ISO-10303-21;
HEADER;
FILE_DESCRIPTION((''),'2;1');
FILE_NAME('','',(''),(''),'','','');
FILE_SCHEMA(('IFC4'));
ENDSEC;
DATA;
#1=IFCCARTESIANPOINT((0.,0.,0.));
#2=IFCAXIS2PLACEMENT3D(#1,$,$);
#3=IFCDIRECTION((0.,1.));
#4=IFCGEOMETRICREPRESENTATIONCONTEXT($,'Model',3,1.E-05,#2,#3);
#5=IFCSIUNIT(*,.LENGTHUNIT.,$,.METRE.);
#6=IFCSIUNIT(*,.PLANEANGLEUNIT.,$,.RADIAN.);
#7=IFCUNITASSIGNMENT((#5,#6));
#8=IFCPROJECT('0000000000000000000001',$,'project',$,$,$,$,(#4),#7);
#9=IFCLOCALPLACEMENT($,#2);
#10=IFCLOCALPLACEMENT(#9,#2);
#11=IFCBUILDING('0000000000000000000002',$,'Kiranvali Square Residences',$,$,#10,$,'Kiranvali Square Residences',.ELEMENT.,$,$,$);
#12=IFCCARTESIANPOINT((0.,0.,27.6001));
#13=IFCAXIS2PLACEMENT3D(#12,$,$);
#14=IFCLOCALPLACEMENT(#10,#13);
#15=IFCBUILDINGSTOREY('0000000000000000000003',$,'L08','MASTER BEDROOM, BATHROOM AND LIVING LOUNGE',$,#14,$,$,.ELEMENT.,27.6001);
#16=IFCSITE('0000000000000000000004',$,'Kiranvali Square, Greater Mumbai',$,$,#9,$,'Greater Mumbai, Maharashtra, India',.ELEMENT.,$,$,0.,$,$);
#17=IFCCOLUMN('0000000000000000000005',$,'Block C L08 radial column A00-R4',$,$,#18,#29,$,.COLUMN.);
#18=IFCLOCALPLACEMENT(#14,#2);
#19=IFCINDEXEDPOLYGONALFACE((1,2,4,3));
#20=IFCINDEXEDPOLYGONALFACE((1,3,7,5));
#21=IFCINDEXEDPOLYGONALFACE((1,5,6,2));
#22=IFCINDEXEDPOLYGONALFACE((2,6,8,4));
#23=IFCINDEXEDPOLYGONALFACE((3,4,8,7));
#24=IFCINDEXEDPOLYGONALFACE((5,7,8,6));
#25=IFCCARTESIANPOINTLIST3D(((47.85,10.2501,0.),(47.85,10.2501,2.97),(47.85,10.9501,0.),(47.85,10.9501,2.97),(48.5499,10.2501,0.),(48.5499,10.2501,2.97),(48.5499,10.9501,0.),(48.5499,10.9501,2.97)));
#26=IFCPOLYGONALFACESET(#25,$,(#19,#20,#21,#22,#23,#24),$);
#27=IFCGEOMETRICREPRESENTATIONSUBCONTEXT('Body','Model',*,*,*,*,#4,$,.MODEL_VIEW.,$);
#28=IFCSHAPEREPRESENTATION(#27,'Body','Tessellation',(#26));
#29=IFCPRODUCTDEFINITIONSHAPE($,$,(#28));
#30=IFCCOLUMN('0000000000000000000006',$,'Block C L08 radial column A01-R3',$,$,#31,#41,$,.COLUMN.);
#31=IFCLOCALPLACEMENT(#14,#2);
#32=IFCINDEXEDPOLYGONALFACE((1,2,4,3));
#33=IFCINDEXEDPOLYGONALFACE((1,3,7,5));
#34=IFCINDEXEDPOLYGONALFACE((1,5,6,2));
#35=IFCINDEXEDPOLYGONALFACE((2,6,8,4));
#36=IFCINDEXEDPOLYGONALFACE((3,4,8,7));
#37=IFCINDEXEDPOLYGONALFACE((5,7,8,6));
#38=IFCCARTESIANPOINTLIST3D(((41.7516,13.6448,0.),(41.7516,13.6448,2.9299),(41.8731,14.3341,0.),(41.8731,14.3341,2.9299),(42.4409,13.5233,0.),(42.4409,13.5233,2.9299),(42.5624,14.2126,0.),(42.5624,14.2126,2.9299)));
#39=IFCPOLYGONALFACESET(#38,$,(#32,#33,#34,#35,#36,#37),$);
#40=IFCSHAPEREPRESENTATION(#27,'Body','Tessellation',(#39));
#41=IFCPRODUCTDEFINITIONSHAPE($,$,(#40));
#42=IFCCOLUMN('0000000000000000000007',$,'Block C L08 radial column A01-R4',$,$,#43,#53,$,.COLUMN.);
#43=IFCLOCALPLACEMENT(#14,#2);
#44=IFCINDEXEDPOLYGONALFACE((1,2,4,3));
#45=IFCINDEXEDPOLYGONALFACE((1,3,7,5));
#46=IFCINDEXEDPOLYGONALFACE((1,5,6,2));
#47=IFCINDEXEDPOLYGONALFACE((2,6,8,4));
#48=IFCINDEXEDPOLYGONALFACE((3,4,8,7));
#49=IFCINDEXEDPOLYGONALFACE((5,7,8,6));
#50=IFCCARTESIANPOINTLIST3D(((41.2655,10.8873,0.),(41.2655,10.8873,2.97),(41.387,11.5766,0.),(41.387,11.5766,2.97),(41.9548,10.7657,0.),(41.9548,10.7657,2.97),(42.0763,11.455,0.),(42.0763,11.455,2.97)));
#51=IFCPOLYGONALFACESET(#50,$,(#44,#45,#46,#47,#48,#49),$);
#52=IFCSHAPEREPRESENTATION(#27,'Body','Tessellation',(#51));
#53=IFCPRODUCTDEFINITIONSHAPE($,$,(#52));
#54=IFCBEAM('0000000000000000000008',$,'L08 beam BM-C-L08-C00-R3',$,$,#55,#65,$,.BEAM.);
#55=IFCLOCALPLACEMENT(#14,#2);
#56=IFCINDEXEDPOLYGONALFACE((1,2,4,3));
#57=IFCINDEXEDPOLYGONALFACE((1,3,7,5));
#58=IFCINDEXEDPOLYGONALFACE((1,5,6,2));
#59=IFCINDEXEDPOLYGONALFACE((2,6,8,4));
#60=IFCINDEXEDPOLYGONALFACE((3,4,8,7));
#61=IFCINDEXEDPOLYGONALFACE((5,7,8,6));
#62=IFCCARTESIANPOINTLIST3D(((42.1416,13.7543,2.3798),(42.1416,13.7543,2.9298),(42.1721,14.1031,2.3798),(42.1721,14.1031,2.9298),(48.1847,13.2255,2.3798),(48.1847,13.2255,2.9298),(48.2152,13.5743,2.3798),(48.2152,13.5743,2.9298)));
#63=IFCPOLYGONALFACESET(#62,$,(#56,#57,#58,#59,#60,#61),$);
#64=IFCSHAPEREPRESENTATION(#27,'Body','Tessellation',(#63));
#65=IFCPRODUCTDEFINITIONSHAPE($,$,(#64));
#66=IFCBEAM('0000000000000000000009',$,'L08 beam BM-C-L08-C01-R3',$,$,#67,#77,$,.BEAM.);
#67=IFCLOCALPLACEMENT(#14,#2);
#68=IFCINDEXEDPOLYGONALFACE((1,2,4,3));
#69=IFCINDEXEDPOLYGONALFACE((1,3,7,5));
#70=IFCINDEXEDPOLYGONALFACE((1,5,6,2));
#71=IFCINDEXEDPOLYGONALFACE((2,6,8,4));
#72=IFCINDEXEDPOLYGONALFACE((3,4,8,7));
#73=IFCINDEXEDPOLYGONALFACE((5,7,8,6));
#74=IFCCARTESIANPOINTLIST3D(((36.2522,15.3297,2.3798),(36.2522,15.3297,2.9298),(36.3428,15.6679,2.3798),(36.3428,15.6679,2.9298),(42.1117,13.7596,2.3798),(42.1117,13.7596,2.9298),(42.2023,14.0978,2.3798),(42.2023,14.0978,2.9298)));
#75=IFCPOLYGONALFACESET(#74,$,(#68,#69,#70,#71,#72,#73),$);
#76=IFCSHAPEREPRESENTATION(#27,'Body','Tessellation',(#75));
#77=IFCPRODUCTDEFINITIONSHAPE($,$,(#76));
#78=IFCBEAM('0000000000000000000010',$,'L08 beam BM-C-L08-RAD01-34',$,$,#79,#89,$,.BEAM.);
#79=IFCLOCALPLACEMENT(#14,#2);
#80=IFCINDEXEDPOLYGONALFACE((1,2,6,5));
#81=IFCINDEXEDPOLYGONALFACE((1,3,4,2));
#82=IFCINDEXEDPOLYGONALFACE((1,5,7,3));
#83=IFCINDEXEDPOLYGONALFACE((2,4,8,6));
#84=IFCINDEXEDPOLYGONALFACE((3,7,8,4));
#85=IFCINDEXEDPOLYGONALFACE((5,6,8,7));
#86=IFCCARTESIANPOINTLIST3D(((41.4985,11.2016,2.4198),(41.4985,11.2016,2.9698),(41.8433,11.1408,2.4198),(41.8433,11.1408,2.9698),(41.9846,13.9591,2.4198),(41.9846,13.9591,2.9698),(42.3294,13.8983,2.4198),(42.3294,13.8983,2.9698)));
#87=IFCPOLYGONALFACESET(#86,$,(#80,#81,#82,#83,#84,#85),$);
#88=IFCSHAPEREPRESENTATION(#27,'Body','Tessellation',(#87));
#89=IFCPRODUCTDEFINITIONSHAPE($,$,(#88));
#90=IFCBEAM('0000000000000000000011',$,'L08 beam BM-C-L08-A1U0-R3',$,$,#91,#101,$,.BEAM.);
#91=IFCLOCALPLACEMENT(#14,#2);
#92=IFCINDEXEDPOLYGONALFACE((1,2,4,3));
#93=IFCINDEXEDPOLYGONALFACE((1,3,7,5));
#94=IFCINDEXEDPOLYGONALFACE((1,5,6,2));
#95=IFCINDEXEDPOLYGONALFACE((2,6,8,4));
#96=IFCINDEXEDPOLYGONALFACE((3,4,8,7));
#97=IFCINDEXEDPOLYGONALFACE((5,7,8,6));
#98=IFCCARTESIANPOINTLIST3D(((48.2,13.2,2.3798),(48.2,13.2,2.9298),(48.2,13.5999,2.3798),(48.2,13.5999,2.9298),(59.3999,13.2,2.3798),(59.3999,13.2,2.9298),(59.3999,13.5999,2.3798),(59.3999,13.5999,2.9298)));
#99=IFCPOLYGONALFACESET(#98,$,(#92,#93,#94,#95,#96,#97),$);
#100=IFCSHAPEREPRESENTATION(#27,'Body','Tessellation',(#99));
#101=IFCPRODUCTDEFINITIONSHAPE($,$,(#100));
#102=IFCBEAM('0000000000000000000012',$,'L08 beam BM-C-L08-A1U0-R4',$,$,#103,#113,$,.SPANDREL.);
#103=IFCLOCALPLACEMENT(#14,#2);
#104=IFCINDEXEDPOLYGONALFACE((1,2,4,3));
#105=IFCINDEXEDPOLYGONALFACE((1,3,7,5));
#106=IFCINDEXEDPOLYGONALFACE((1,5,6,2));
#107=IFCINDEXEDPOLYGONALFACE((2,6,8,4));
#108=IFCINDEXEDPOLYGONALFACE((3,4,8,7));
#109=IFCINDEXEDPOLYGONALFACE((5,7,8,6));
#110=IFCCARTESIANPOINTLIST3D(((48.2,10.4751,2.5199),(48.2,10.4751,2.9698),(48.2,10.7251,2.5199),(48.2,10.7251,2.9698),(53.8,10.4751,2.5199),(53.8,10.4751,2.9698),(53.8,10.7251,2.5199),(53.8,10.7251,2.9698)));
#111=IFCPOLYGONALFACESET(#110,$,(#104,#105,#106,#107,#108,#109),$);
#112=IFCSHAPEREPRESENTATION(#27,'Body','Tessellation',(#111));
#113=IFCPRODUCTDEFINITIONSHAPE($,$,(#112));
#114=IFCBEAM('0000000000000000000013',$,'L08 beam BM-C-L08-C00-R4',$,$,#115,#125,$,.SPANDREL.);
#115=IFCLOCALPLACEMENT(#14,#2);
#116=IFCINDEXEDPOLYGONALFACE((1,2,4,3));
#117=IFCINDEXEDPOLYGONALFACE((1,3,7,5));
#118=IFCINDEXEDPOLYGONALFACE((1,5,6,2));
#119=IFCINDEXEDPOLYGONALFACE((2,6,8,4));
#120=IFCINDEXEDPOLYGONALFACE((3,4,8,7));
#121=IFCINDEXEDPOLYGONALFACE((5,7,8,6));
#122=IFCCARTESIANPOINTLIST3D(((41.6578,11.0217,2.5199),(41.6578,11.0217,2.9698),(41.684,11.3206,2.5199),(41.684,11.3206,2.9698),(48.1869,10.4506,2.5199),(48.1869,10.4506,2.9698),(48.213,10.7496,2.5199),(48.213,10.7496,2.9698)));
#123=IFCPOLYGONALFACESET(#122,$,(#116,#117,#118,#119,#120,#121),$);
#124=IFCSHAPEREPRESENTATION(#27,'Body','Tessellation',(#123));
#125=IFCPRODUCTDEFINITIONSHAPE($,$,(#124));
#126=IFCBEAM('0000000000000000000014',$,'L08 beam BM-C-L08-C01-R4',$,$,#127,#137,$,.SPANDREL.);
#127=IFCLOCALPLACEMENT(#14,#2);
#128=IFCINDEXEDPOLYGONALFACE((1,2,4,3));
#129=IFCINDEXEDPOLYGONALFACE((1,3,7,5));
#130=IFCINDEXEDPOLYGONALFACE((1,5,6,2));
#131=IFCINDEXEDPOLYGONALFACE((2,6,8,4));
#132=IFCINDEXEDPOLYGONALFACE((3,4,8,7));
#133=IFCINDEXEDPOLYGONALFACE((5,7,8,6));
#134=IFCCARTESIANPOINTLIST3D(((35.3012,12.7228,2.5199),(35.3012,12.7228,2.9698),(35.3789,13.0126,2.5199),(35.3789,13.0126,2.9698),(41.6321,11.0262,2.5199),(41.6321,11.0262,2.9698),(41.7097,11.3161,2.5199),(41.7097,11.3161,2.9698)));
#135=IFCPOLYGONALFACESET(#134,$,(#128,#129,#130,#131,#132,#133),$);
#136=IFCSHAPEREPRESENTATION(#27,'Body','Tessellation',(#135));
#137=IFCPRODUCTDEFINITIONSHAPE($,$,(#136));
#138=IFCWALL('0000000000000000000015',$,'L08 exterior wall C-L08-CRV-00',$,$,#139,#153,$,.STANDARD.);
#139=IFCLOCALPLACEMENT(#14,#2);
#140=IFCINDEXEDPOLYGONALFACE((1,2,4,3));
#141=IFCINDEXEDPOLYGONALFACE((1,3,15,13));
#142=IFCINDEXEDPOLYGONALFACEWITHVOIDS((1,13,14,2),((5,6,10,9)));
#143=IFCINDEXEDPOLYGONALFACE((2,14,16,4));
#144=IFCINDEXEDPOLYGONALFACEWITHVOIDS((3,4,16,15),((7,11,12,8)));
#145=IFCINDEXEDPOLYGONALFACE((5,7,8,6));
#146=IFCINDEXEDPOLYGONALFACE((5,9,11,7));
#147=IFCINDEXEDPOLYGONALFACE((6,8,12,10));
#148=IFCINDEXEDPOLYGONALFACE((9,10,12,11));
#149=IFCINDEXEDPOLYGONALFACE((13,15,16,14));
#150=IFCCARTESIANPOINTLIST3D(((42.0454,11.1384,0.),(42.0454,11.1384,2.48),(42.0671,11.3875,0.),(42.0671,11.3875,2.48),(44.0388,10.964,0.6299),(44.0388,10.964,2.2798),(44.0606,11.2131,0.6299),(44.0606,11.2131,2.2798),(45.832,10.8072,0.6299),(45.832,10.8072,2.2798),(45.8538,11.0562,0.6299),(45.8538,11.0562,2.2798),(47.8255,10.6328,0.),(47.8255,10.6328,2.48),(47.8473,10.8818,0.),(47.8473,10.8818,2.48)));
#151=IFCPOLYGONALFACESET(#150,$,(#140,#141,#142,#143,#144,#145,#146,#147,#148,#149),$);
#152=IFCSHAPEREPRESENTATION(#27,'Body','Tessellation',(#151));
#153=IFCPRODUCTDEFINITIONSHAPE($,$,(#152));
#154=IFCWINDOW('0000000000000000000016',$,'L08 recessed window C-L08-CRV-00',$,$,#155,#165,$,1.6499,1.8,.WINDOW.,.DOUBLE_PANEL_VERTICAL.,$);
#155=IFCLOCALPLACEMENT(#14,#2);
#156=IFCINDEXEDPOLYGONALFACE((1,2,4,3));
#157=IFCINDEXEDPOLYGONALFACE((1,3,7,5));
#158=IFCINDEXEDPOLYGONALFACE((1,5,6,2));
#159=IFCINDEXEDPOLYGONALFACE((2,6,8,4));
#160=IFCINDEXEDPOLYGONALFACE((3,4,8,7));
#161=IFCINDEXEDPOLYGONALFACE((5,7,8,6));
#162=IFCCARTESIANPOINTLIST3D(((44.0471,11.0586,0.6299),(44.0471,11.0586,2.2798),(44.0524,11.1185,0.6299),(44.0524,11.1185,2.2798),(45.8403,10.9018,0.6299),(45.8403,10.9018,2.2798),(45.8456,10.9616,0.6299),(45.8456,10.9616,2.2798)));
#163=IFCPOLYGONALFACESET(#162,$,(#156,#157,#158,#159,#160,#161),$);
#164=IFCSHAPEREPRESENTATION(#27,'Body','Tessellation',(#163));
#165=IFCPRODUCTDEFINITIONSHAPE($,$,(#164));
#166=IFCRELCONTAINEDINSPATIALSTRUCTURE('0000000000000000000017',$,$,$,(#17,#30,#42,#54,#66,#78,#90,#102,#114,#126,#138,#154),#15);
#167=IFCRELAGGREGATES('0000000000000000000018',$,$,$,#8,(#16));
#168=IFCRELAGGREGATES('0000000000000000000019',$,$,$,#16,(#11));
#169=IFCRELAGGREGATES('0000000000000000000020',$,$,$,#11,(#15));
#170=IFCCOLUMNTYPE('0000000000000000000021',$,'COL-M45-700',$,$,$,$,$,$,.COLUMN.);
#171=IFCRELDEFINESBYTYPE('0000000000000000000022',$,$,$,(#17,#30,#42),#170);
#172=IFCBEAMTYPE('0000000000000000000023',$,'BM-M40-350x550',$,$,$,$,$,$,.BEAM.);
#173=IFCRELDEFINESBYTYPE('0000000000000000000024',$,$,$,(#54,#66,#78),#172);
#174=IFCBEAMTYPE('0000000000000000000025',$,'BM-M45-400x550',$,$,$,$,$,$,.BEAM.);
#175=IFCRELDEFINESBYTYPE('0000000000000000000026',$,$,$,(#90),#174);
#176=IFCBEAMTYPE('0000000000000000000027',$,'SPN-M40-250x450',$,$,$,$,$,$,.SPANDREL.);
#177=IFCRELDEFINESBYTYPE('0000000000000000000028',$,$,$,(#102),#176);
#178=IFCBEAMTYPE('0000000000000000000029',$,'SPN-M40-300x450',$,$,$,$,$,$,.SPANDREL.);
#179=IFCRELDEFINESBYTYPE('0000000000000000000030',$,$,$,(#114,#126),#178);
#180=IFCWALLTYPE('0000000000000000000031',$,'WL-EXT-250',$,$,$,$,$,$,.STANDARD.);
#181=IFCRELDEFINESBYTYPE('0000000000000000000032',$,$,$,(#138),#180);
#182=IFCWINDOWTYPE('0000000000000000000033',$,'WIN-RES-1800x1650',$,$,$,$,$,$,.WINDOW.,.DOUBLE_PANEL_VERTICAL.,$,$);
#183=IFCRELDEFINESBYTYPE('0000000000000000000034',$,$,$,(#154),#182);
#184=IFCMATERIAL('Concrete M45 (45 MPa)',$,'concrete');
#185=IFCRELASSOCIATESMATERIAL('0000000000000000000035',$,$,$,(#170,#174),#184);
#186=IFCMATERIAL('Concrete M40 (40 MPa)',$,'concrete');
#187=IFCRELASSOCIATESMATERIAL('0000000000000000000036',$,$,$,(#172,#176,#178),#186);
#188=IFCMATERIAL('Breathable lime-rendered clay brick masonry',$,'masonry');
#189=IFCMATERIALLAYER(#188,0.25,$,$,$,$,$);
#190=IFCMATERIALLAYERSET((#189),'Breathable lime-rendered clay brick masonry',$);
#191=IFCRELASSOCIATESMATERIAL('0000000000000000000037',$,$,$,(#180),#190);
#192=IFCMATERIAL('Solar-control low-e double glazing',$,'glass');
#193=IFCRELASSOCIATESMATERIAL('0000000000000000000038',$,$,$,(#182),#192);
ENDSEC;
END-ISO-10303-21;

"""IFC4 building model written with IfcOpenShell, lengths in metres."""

from ifc_helpers import new_model, si_unit, direction, frame, frame_2d, origin, origin_2d, place, context, subcontext, project, spatial, rectangle, extrude, material, layer, layer_set, material_profile, profile_set, type_object, element, fill, save


model = new_model("IFC4")

# Units and contexts
model_context = context("Model", 3, precision=1e-05, world=origin(), true_north=direction((0.0, 1.0)))
body_context = subcontext(model_context, "Body", "Model", "MODEL_VIEW")
ifc_project = project(units=[si_unit("LENGTHUNIT", "METRE"), si_unit("PLANEANGLEUNIT", "RADIAN")], contexts=[model_context])

# Site, building, storey
site_placement = place(None, origin())
site = spatial("IfcSite", under=ifc_project, at=site_placement, Name="Kiranvali Square, Greater Mumbai", LongName="Greater Mumbai, Maharashtra, India", CompositionType="ELEMENT", RefElevation=0.0)
building_placement = place(site_placement, origin())
building = spatial("IfcBuilding", under=site, at=building_placement, Name="Kiranvali Square Residences", LongName="Kiranvali Square Residences", CompositionType="ELEMENT")
storey_placement = place(building_placement, frame((0.0, 0.0, 27.6001)))
storey = spatial("IfcBuildingStorey", under=building, at=storey_placement, Name="L08", Description="MASTER BEDROOM, BATHROOM AND LIVING LOUNGE", CompositionType="ELEMENT", Elevation=27.6001)

# Columns
ifc_material_1 = material(Name="Concrete M45 (45 MPa)", Category="concrete")
ifc_material_profile_1 = material_profile(ifc_material_1, rectangle(XDim=0.7, YDim=0.7, at=origin_2d()), Name="RC 700x700")
ifc_profile_set_1 = profile_set([ifc_material_profile_1], Name="Concrete M45 (45 MPa)")
column_type = type_object("IfcColumnType", Name="COL-M45-700", PredefinedType="COLUMN", material=ifc_profile_set_1)
column_1_placement = place(storey_placement, frame((48.2, 10.6001, 0.0), z_axis=(0.0, 0.0, 1.0), x_axis=(1.0, 0.0, 0.0)))
element("IfcColumn", 1, at=column_1_placement, inside=storey, type_object=column_type, Name="Block C L08 radial column A00-R4", PredefinedType="COLUMN", context=body_context, shape_type="SweptSolid", body=[
    extrude(rectangle(XDim=0.7, YDim=0.7, at=origin_2d()), origin(), (0.0, 0.0, 1.0), 2.97),
])
column_2_placement = place(storey_placement, frame((42.157, 13.9287, 0.0), z_axis=(0.0, 0.0, 1.0), x_axis=(-0.984808, 0.173648, 0.0)))
element("IfcColumn", 2, at=column_2_placement, inside=storey, type_object=column_type, Name="Block C L08 radial column A01-R3", PredefinedType="COLUMN", context=body_context, shape_type="SweptSolid", body=[
    extrude(rectangle(XDim=0.7, YDim=0.7, at=origin_2d()), origin(), (0.0, 0.0, 1.0), 2.9299),
])
column_3_placement = place(storey_placement, frame((41.6709, 11.1711, 0.0), z_axis=(0.0, 0.0, 1.0), x_axis=(-0.984808, 0.173648, 0.0)))
element("IfcColumn", 3, at=column_3_placement, inside=storey, type_object=column_type, Name="Block C L08 radial column A01-R4", PredefinedType="COLUMN", context=body_context, shape_type="SweptSolid", body=[
    extrude(rectangle(XDim=0.7, YDim=0.7, at=origin_2d()), origin(), (0.0, 0.0, 1.0), 2.97),
])

# Beams
ifc_material_2 = material(Name="Concrete M40 (40 MPa)", Category="concrete")
ifc_material_profile_2 = material_profile(ifc_material_2, rectangle(XDim=0.3501, YDim=0.55, at=origin_2d()), Name="RC 350x550")
ifc_profile_set_2 = profile_set([ifc_material_profile_2], Name="Concrete M40 (40 MPa)")
beam_type_1 = type_object("IfcBeamType", Name="BM-M40-350x550", PredefinedType="BEAM", material=ifc_profile_set_2)
for number, where, z_axis, x_axis, name in (
    (4, (48.2, 13.3999, 2.6548), (-0.996193, 0.087175, 0.0), (-0.087175, -0.996193, 0.0), "L08 beam BM-C-L08-C00-R3"),
    (5, (42.157, 13.9287, 2.6548), (-0.965924, 0.258827, 0.0), (-0.258827, -0.965924, 0.0), "L08 beam BM-C-L08-C01-R3"),
):
    element("IfcBeam", number, at=place(storey_placement, frame(where, z_axis=z_axis, x_axis=x_axis)), inside=storey, type_object=beam_type_1, Name=name, PredefinedType="BEAM", context=body_context, shape_type="SweptSolid", body=[
        extrude(rectangle(XDim=0.3501, YDim=0.55, at=origin_2d()), origin(), (0.0, 0.0, 1.0), 6.0662),
    ])
beam_1_placement = place(storey_placement, frame((42.157, 13.9287, 2.6948), z_axis=(-0.173596, -0.984817, 0.0), x_axis=(0.984817, -0.173596, 0.0)))
element("IfcBeam", 6, at=beam_1_placement, inside=storey, type_object=beam_type_1, Name="L08 beam BM-C-L08-RAD01-34", PredefinedType="BEAM", context=body_context, shape_type="SweptSolid", body=[
    extrude(rectangle(XDim=0.3501, YDim=0.55, at=origin_2d()), origin(), (0.0, 0.0, 1.0), 2.8),
])
ifc_material_profile_3 = material_profile(ifc_material_1, rectangle(XDim=0.3999, YDim=0.55, at=origin_2d()), Name="RC 400x550")
ifc_profile_set_3 = profile_set([ifc_material_profile_3], Name="Concrete M45 (45 MPa)")
beam_type_2 = type_object("IfcBeamType", Name="BM-M45-400x550", PredefinedType="BEAM", material=ifc_profile_set_3)
beam_2_placement = place(storey_placement, frame((48.2, 13.3999, 2.6548), z_axis=(1.0, 0.0, 0.0), x_axis=(0.0, 1.0, 0.0)))
element("IfcBeam", 7, at=beam_2_placement, inside=storey, type_object=beam_type_2, Name="L08 beam BM-C-L08-A1U0-R3", PredefinedType="BEAM", context=body_context, shape_type="SweptSolid", body=[
    extrude(rectangle(XDim=0.3999, YDim=0.55, at=origin_2d()), origin(), (0.0, 0.0, 1.0), 11.2),
])
ifc_material_profile_4 = material_profile(ifc_material_2, rectangle(XDim=0.25, YDim=0.45, at=origin_2d()), Name="RC 250x450")
ifc_profile_set_4 = profile_set([ifc_material_profile_4], Name="Concrete M40 (40 MPa)")
beam_type_3 = type_object("IfcBeamType", Name="SPN-M40-250x450", PredefinedType="SPANDREL", material=ifc_profile_set_4)
beam_3_placement = place(storey_placement, frame((48.2, 10.6001, 2.7449), z_axis=(1.0, 0.0, 0.0), x_axis=(0.0, 1.0, 0.0)))
element("IfcBeam", 8, at=beam_3_placement, inside=storey, type_object=beam_type_3, Name="L08 beam BM-C-L08-A1U0-R4", PredefinedType="SPANDREL", context=body_context, shape_type="SweptSolid", body=[
    extrude(rectangle(XDim=0.25, YDim=0.45, at=origin_2d()), origin(), (0.0, 0.0, 1.0), 5.6001),
])
ifc_material_profile_5 = material_profile(ifc_material_2, rectangle(XDim=0.3, YDim=0.45, at=origin_2d()), Name="RC 300x450")
ifc_profile_set_5 = profile_set([ifc_material_profile_5], Name="Concrete M40 (40 MPa)")
beam_type_4 = type_object("IfcBeamType", Name="SPN-M40-300x450", PredefinedType="SPANDREL", material=ifc_profile_set_5)
beam_4_placement = place(storey_placement, frame((48.2, 10.6001, 2.7449), z_axis=(-0.996197, 0.08713, 0.0), x_axis=(-0.08713, -0.996197, 0.0)))
element("IfcBeam", 9, at=beam_4_placement, inside=storey, type_object=beam_type_4, Name="L08 beam BM-C-L08-C00-R4", PredefinedType="SPANDREL", context=body_context, shape_type="SweptSolid", body=[
    extrude(rectangle(XDim=0.3, YDim=0.45, at=origin_2d()), origin(), (0.0, 0.0, 1.0), 6.554),
])
beam_5_placement = place(storey_placement, frame((41.6709, 11.1711, 2.7449), z_axis=(-0.965918, 0.258847, 0.0), x_axis=(-0.258847, -0.965918, 0.0)))
element("IfcBeam", 10, at=beam_5_placement, inside=storey, type_object=beam_type_4, Name="L08 beam BM-C-L08-C01-R4", PredefinedType="SPANDREL", context=body_context, shape_type="SweptSolid", body=[
    extrude(rectangle(XDim=0.3, YDim=0.45, at=origin_2d()), origin(), (0.0, 0.0, 1.0), 6.5542),
])

# Wall, opening, window
ifc_material_3 = material(Name="Breathable lime-rendered clay brick masonry", Category="masonry")
ifc_layer_1 = layer(ifc_material_3, 0.25)
ifc_layer_set_1 = layer_set([ifc_layer_1], Name="Breathable lime-rendered clay brick masonry")
wall_type_1 = type_object("IfcWallType", Name="WL-EXT-250", PredefinedType="STANDARD", material=ifc_layer_set_1)
wall_1_placement = place(storey_placement, frame((47.8364, 10.7573, 0.0), z_axis=(0.0, 0.0, 1.0), x_axis=(-0.996196, 0.08714, 0.0)))
wall_1 = element("IfcWall", 11, at=wall_1_placement, inside=storey, type_object=wall_type_1, Name="L08 exterior wall C-L08-CRV-00", PredefinedType="STANDARD", context=body_context, shape_type="SweptSolid", body=[
    extrude(rectangle(XDim=5.8022, YDim=0.25, at=frame_2d((2.9011, 0.0))), origin(), (0.0, 0.0, 1.0), 2.48),
])
opening_1_placement = place(wall_1_placement, frame((2.0012, 0.0, 0.6299)))
opening_1 = element("IfcOpeningElement", 12, at=opening_1_placement, cuts=wall_1, PredefinedType="OPENING", context=body_context, shape_type="SweptSolid", body=[
    extrude(rectangle(XDim=1.8, YDim=1.6499, at=frame_2d((0.8999, 0.825))), frame((0.0, 0.135, 0.0), z_axis=(0.0, -1.0, 0.0), x_axis=(1.0, 0.0, 0.0)), (0.0, 0.0, 1.0), 0.27),
])
ifc_material_4 = material(Name="Solar-control low-e double glazing", Category="glass")
window_type_1 = type_object("IfcWindowType", Name="WIN-RES-1800x1650", PartitioningType="DOUBLE_PANEL_VERTICAL", PredefinedType="WINDOW", material=ifc_material_4)
window_1_placement = place(opening_1_placement, origin())
window_1 = element("IfcWindow", 13, at=window_1_placement, inside=storey, type_object=window_type_1, Name="L08 recessed window C-L08-CRV-00", OverallHeight=1.6499, OverallWidth=1.8, PartitioningType="DOUBLE_PANEL_VERTICAL", PredefinedType="WINDOW", context=body_context, shape_type="SweptSolid", body=[
    extrude(rectangle(XDim=1.8, YDim=1.6499, at=frame_2d((0.8999, 0.825))), frame((0.0, 0.03, 0.0), z_axis=(0.0, -1.0, 0.0), x_axis=(1.0, 0.0, 0.0)), (0.0, 0.0, 1.0), 0.0601),
])
fill(opening_1, window_1)

save(model, "model.ifc")
